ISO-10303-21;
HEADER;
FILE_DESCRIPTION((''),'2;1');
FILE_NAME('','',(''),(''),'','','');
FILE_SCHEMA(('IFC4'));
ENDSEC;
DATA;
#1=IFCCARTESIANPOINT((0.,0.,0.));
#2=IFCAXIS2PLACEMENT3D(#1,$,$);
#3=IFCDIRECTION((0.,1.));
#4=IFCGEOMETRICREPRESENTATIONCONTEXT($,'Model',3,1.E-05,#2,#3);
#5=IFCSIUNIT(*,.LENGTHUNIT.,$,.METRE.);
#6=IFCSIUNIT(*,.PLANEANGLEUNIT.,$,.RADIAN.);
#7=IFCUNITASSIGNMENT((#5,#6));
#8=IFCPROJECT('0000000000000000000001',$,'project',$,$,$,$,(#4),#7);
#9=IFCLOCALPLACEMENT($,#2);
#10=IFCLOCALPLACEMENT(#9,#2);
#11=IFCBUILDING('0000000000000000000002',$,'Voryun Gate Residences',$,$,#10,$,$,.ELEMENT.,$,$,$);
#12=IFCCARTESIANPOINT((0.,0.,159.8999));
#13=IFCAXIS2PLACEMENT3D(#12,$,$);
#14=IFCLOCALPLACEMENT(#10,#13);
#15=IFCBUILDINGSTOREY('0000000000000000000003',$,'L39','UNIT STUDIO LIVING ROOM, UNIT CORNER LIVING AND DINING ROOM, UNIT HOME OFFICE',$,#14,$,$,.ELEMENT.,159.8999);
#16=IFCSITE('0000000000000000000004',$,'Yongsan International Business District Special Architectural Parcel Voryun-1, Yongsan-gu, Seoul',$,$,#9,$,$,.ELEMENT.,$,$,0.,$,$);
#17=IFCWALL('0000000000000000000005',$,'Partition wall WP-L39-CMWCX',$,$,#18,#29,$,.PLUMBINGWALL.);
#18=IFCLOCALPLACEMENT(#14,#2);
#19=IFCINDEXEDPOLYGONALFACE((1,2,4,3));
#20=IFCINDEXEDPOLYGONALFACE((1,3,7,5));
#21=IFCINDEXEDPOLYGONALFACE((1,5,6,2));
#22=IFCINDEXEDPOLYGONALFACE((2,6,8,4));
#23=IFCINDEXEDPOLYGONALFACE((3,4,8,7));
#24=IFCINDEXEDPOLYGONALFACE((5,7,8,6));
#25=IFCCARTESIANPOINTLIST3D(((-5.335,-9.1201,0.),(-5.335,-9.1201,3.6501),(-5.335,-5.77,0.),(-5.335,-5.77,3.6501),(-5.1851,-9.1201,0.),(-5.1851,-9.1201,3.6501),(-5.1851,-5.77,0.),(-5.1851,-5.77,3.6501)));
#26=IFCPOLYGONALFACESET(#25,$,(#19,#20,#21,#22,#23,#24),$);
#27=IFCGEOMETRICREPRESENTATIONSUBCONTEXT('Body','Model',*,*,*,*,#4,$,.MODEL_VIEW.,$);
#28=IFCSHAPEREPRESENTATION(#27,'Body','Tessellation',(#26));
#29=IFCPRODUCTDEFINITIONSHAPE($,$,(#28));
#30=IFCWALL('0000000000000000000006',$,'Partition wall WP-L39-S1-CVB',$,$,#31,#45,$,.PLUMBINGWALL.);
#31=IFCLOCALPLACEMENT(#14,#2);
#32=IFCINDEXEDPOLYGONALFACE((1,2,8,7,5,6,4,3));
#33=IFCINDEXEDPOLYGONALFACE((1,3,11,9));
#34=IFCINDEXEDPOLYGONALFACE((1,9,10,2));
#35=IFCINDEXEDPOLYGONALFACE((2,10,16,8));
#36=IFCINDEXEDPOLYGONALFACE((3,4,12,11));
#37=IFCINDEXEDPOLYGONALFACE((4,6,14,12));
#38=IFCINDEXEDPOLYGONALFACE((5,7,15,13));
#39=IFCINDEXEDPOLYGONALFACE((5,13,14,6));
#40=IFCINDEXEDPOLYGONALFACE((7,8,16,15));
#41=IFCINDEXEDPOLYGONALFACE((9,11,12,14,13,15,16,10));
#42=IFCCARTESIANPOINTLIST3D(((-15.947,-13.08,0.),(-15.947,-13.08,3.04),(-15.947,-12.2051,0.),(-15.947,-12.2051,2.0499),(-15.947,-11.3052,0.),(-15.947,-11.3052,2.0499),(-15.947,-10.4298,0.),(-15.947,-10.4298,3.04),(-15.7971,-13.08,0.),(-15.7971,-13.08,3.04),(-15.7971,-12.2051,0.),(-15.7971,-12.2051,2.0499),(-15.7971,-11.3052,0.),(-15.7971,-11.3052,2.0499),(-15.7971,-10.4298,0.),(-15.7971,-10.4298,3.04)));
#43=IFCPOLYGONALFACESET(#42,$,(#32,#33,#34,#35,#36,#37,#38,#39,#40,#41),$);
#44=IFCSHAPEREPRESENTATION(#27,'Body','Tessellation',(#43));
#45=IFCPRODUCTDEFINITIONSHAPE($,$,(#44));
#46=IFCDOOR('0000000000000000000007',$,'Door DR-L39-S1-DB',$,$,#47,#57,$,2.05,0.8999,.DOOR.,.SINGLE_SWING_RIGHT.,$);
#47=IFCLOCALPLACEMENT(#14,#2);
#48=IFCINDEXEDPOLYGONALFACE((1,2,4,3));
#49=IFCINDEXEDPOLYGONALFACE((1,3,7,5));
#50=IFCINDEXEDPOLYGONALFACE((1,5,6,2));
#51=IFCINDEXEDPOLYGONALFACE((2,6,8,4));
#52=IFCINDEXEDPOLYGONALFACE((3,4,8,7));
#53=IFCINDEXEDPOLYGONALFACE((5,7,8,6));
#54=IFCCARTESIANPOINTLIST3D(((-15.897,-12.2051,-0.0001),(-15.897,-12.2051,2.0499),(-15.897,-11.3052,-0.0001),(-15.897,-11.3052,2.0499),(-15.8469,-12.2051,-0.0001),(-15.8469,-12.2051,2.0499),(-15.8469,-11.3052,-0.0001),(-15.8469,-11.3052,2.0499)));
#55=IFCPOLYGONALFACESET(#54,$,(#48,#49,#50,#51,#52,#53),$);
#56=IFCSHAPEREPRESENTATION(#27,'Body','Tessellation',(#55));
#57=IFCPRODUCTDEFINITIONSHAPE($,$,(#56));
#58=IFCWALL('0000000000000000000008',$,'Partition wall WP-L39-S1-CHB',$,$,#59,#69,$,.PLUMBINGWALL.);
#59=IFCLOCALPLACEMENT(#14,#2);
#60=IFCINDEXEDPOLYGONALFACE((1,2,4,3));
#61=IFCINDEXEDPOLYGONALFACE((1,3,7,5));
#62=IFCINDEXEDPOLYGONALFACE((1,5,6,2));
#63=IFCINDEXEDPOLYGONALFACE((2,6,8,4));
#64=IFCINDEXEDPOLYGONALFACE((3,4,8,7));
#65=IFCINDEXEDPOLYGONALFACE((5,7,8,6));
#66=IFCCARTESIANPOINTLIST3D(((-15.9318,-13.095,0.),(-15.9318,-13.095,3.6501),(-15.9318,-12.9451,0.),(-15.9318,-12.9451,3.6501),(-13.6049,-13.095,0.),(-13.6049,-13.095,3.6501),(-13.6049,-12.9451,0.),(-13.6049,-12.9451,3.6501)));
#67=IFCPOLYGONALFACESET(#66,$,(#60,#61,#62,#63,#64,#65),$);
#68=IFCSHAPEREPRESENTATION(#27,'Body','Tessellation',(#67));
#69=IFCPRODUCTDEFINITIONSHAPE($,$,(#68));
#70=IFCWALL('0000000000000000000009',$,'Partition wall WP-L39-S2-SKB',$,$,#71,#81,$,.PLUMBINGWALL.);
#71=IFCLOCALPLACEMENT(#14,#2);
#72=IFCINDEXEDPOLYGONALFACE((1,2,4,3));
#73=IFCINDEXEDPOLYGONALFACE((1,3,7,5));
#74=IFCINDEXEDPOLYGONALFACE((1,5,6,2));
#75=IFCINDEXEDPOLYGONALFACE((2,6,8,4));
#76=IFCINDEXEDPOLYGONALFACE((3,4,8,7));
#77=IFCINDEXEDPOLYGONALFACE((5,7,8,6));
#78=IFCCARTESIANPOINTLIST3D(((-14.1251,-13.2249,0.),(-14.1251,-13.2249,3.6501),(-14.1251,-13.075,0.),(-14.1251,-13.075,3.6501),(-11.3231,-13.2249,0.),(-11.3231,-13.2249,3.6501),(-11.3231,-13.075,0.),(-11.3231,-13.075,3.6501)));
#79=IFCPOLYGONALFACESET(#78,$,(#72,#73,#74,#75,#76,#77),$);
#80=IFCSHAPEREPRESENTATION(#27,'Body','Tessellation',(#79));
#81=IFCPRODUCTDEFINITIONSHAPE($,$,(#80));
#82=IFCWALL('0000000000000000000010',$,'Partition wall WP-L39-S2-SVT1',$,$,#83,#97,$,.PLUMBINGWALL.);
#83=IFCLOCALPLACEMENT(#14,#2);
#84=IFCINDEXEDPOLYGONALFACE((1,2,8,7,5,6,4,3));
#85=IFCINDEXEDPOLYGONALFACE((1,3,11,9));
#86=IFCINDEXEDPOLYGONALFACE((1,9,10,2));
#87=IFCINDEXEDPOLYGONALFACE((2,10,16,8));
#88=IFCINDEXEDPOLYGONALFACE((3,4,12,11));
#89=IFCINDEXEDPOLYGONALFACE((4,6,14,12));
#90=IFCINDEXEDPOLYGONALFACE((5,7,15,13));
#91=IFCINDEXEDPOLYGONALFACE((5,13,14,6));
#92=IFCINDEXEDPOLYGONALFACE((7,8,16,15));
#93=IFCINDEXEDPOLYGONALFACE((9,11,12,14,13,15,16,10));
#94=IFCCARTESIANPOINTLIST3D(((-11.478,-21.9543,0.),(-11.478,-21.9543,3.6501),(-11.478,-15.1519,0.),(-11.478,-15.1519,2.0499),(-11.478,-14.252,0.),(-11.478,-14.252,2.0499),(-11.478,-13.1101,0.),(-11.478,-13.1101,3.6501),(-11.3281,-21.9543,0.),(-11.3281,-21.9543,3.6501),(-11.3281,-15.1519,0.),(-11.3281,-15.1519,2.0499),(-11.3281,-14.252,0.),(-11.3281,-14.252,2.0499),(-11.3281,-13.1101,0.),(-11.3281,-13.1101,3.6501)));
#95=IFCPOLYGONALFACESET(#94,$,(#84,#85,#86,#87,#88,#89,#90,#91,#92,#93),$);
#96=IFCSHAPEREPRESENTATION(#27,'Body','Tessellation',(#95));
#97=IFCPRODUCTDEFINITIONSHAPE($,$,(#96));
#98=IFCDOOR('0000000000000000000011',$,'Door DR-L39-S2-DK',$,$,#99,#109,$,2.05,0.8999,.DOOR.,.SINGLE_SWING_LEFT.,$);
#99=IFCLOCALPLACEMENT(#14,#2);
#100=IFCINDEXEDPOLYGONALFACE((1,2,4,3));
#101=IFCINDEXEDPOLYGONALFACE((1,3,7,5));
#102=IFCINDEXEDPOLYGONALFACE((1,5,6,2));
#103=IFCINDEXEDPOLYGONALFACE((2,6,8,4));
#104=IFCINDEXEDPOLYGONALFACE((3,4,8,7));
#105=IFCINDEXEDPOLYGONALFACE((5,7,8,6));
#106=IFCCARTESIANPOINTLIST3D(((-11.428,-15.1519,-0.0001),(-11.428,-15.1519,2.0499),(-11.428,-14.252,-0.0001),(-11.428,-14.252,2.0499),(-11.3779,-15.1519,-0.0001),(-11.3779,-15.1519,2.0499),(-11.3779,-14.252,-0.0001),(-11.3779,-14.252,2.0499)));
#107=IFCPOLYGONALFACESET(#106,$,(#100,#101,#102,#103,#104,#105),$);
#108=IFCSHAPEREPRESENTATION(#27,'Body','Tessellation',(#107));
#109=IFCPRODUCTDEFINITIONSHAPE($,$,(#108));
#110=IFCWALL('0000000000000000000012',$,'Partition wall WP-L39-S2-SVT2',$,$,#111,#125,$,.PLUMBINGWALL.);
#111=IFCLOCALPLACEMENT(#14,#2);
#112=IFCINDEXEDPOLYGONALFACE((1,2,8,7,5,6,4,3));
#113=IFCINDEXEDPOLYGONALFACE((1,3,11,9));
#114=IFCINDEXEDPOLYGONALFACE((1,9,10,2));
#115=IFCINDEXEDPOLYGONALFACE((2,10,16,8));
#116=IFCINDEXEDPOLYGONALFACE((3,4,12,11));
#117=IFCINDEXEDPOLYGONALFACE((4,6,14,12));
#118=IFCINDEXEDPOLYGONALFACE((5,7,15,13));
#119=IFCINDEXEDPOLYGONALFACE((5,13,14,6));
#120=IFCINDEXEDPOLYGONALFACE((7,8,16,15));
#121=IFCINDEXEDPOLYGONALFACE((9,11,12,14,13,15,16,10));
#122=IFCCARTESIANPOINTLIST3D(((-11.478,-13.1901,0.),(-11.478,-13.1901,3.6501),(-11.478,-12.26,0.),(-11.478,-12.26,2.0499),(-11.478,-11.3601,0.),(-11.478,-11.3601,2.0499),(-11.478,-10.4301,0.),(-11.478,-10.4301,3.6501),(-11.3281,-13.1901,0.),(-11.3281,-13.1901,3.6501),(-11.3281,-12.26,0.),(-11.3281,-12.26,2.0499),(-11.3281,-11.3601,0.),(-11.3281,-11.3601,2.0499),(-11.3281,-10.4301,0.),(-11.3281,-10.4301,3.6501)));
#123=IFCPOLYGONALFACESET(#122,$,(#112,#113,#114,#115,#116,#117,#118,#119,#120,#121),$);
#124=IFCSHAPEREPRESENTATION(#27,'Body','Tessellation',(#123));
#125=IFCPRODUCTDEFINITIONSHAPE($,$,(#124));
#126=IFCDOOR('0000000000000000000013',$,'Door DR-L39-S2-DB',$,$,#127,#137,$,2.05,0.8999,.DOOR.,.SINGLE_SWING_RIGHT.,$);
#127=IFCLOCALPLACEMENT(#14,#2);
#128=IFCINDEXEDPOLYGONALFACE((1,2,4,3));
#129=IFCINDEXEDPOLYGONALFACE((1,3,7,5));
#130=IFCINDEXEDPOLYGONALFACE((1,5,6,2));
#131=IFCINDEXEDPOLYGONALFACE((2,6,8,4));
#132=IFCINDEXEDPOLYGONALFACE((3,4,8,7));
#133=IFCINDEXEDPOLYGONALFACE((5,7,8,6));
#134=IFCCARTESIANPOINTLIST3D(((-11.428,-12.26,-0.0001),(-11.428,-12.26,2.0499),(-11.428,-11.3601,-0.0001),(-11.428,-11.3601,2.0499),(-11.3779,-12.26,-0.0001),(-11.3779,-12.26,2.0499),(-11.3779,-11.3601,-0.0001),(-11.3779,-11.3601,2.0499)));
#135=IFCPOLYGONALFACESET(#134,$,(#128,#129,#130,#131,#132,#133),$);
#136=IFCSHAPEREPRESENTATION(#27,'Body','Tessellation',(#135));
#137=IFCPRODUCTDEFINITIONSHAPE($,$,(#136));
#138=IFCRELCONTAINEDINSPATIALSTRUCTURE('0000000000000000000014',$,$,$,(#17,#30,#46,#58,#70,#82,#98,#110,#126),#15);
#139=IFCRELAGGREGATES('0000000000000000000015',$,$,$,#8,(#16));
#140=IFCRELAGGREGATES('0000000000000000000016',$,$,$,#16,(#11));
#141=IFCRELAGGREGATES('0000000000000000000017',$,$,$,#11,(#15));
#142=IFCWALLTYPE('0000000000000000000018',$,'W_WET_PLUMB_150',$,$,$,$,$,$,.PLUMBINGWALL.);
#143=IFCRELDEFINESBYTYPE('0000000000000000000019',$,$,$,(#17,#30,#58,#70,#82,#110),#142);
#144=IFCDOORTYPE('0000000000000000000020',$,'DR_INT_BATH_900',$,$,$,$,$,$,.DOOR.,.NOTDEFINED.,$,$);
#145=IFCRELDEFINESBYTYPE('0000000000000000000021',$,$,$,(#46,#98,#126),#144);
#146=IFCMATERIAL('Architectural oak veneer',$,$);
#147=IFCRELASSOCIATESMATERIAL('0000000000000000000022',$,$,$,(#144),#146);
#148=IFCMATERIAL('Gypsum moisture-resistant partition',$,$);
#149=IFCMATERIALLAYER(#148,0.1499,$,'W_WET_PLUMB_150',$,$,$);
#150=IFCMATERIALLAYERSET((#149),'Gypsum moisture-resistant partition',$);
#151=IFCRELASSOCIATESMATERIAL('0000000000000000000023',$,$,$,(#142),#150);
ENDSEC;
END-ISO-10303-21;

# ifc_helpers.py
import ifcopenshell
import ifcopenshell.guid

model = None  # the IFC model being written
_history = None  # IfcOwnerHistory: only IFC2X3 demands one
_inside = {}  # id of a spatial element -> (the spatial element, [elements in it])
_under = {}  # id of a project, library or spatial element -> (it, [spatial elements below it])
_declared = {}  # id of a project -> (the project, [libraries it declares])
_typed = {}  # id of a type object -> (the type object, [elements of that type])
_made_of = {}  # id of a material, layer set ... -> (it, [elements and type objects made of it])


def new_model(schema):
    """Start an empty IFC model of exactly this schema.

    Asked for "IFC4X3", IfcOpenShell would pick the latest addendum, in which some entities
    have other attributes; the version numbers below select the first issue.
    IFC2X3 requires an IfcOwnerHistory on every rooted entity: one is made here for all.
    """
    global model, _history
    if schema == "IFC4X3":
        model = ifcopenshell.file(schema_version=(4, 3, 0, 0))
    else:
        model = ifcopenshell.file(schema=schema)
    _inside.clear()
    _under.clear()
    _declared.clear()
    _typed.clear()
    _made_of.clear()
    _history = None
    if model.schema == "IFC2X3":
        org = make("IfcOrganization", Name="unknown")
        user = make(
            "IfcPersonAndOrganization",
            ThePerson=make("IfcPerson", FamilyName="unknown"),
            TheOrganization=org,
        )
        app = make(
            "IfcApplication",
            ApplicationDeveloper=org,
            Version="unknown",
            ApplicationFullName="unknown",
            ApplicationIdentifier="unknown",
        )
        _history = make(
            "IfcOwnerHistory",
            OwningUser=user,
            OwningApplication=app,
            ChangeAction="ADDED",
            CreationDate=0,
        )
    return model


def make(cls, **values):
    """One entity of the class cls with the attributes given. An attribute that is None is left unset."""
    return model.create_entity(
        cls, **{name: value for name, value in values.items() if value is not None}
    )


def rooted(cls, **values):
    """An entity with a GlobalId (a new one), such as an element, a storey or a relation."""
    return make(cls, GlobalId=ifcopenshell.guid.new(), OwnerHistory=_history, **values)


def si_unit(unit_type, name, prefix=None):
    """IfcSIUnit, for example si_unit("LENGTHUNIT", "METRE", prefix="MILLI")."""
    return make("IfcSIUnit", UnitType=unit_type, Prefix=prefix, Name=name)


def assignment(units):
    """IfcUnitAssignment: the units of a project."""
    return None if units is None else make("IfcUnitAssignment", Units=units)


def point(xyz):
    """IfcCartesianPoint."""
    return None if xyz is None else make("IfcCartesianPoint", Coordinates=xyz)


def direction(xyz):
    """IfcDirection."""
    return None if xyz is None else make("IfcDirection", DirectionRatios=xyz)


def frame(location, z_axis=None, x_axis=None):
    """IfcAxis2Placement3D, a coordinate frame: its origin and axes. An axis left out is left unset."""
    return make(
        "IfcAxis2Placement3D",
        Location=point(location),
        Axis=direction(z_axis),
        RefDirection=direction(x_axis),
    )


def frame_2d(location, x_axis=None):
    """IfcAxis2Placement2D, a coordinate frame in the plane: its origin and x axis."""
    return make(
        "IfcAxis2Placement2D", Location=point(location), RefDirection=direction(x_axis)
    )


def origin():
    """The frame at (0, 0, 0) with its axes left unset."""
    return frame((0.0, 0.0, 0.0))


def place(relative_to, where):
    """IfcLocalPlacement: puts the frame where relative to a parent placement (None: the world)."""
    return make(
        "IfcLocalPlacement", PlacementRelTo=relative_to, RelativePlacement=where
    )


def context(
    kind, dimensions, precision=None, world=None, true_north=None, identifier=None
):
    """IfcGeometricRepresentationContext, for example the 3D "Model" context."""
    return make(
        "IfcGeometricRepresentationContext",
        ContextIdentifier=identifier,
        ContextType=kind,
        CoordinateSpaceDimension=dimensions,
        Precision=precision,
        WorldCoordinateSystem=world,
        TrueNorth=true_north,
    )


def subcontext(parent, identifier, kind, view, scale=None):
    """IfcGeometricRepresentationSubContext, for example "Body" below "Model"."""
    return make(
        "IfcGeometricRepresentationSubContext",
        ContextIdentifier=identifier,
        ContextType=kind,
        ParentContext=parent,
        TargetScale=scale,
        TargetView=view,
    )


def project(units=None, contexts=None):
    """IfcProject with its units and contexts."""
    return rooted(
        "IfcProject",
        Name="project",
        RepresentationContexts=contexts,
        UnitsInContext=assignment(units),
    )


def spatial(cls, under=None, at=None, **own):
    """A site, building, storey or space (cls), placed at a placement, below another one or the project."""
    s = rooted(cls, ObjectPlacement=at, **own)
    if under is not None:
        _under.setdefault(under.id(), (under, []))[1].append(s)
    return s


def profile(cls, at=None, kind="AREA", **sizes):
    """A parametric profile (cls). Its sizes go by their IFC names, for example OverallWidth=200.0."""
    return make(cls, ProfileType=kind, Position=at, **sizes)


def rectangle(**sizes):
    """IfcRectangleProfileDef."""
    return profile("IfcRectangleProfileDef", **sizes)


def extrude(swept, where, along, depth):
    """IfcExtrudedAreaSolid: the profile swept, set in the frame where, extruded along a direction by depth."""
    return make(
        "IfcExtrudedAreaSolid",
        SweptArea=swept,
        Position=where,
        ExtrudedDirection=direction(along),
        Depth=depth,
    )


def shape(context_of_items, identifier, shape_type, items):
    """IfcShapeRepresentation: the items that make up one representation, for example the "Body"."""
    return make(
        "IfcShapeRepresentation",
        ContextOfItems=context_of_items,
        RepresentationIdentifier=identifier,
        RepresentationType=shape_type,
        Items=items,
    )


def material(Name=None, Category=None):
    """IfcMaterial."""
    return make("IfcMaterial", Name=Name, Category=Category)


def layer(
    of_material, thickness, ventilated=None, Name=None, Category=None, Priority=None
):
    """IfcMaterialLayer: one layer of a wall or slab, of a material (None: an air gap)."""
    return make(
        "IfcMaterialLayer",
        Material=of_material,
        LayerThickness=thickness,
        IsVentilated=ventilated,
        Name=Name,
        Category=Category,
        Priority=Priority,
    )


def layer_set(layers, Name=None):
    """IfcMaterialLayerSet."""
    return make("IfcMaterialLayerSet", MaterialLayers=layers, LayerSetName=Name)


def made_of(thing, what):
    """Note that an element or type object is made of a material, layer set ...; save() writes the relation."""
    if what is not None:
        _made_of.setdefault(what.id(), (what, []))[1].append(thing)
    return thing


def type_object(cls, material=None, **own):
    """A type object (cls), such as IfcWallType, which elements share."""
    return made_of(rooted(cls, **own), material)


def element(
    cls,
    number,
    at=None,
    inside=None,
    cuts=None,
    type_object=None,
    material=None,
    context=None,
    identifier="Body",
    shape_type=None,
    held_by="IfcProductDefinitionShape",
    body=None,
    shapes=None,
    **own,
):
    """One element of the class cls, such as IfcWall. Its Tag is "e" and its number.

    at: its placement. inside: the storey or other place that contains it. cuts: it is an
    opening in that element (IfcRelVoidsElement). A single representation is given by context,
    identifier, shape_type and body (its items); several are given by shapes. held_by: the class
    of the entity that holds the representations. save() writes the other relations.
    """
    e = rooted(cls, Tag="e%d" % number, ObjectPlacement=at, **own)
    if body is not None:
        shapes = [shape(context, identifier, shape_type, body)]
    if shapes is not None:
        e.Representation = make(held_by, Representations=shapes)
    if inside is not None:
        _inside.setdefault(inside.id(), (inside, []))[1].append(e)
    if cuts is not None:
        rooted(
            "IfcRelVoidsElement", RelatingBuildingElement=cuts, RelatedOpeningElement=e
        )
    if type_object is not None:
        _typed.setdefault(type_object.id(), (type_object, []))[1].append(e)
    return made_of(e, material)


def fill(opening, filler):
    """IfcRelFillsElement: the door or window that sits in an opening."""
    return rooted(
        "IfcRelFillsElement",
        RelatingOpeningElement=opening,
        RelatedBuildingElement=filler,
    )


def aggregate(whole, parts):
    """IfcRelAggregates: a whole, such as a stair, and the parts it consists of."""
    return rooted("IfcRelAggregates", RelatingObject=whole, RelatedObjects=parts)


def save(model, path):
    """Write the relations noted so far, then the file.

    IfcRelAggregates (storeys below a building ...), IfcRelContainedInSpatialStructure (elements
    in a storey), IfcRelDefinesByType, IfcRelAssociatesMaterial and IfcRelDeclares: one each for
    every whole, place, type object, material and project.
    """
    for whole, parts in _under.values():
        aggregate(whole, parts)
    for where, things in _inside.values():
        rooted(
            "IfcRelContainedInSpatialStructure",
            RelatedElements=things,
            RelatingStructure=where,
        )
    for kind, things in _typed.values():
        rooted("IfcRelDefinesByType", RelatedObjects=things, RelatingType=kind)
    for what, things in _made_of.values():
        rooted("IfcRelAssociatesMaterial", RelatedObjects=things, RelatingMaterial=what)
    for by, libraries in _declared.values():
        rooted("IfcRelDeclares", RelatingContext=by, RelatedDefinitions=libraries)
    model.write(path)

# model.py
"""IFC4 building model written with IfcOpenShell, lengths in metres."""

from ifc_helpers import new_model, si_unit, direction, frame, frame_2d, origin, place, context, subcontext, project, spatial, rectangle, extrude, material, layer, layer_set, type_object, element, fill, save


model = new_model("IFC4")

# Units and contexts
model_context = context("Model", 3, precision=1e-05, world=origin(), true_north=direction((0.0, 1.0)))
body_context = subcontext(model_context, "Body", "Model", "MODEL_VIEW")
ifc_project = project(units=[si_unit("LENGTHUNIT", "METRE"), si_unit("PLANEANGLEUNIT", "RADIAN")], contexts=[model_context])

# Site, building, storey
site_placement = place(None, origin())
site = spatial("IfcSite", under=ifc_project, at=site_placement, Name="Yongsan International Business District Special Architectural Parcel Voryun-1, Yongsan-gu, Seoul", CompositionType="ELEMENT", RefElevation=0.0)
building_placement = place(site_placement, origin())
building = spatial("IfcBuilding", under=site, at=building_placement, Name="Voryun Gate Residences", CompositionType="ELEMENT")
storey_placement = place(building_placement, frame((0.0, 0.0, 159.8999)))
storey = spatial("IfcBuildingStorey", under=building, at=storey_placement, Name="L39", Description="UNIT STUDIO LIVING ROOM, UNIT CORNER LIVING AND DINING ROOM, UNIT HOME OFFICE", CompositionType="ELEMENT", Elevation=159.8999)

# Shared definitions
ifc_material_1 = material(Name="Architectural oak veneer")
door_type_1 = type_object("IfcDoorType", Name="DR_INT_BATH_900", OperationType="NOTDEFINED", PredefinedType="DOOR", material=ifc_material_1)

# Wall
ifc_material_2 = material(Name="Gypsum moisture-resistant partition")
ifc_layer_1 = layer(ifc_material_2, 0.1499, Name="W_WET_PLUMB_150")
ifc_layer_set_1 = layer_set([ifc_layer_1], Name="Gypsum moisture-resistant partition")
wall_type_1 = type_object("IfcWallType", Name="W_WET_PLUMB_150", PredefinedType="PLUMBINGWALL", material=ifc_layer_set_1)
wall_1_placement = place(storey_placement, frame((-5.26, -9.1201, 0.0), z_axis=(0.0, 0.0, 1.0), x_axis=(0.0, 1.0, 0.0)))
element("IfcWall", 1, at=wall_1_placement, inside=storey, type_object=wall_type_1, Name="Partition wall WP-L39-CMWCX", PredefinedType="PLUMBINGWALL", context=body_context, shape_type="SweptSolid", body=[
    extrude(rectangle(XDim=3.3501, YDim=0.1499, at=frame_2d((1.675, 0.0))), origin(), (0.0, 0.0, 1.0), 3.6501),
])

# Wall, opening, door
wall_2_placement = place(storey_placement, frame((-15.8721, -13.0801, 0.0), z_axis=(0.0, 0.0, 1.0), x_axis=(0.0, 1.0, 0.0)))
wall_2 = element("IfcWall", 2, at=wall_2_placement, inside=storey, type_object=wall_type_1, Name="Partition wall WP-L39-S1-CVB", PredefinedType="PLUMBINGWALL", context=body_context, shape_type="SweptSolid", body=[
    extrude(rectangle(XDim=2.6501, YDim=0.1499, at=frame_2d((1.3252, 0.0))), origin(), (0.0, 0.0, 1.0), 3.04),
])
opening_1_placement = place(wall_2_placement, frame((0.875, 0.0, 0.0)))
opening_1 = element("IfcOpeningElement", 3, at=opening_1_placement, cuts=wall_2, PredefinedType="OPENING", context=body_context, shape_type="SweptSolid", body=[
    extrude(rectangle(XDim=0.8999, YDim=2.05, at=frame_2d((0.45, 1.0249))), frame((0.0, 0.085, 0.0), z_axis=(0.0, -1.0, 0.0), x_axis=(1.0, 0.0, 0.0)), (0.0, 0.0, 1.0), 0.1699),
])
door_1_placement = place(opening_1_placement, origin())
door_1 = element("IfcDoor", 4, at=door_1_placement, inside=storey, type_object=door_type_1, Name="Door DR-L39-S1-DB", OperationType="SINGLE_SWING_RIGHT", OverallHeight=2.05, OverallWidth=0.8999, PredefinedType="DOOR", context=body_context, shape_type="SweptSolid", body=[
    extrude(rectangle(XDim=0.8999, YDim=2.05, at=frame_2d((0.45, 1.0249))), frame((0.0, 0.0249, 0.0), z_axis=(0.0, -1.0, 0.0), x_axis=(1.0, 0.0, 0.0)), (0.0, 0.0, 1.0), 0.05),
])
fill(opening_1, door_1)

# Walls
wall_3_placement = place(storey_placement, frame((-15.9319, -13.02, 0.0), z_axis=(0.0, 0.0, 1.0), x_axis=(1.0, 0.0, 0.0)))
element("IfcWall", 5, at=wall_3_placement, inside=storey, type_object=wall_type_1, Name="Partition wall WP-L39-S1-CHB", PredefinedType="PLUMBINGWALL", context=body_context, shape_type="SweptSolid", body=[
    extrude(rectangle(XDim=2.3269, YDim=0.1499, at=frame_2d((1.1636, 0.0))), origin(), (0.0, 0.0, 1.0), 3.6501),
])
wall_4_placement = place(storey_placement, frame((-14.125, -13.1499, 0.0), z_axis=(0.0, 0.0, 1.0), x_axis=(1.0, 0.0, 0.0)))
element("IfcWall", 6, at=wall_4_placement, inside=storey, type_object=wall_type_1, Name="Partition wall WP-L39-S2-SKB", PredefinedType="PLUMBINGWALL", context=body_context, shape_type="SweptSolid", body=[
    extrude(rectangle(XDim=2.802, YDim=0.1499, at=frame_2d((1.4009, 0.0))), origin(), (0.0, 0.0, 1.0), 3.6501),
])

# Walls, openings, doors
wall_5_placement = place(storey_placement, frame((-11.4031, -21.9543, 0.0), z_axis=(0.0, 0.0, 1.0), x_axis=(0.0, 1.0, 0.0)))
wall_5 = element("IfcWall", 7, at=wall_5_placement, inside=storey, type_object=wall_type_1, Name="Partition wall WP-L39-S2-SVT1", PredefinedType="PLUMBINGWALL", context=body_context, shape_type="SweptSolid", body=[
    extrude(rectangle(XDim=8.8442, YDim=0.1499, at=frame_2d((4.4221, 0.0))), origin(), (0.0, 0.0, 1.0), 3.6501),
])
opening_2_placement = place(wall_5_placement, frame((6.8025, 0.0, 0.0)))
opening_2 = element("IfcOpeningElement", 8, at=opening_2_placement, cuts=wall_5, PredefinedType="OPENING", context=body_context, shape_type="SweptSolid", body=[
    extrude(rectangle(XDim=0.8999, YDim=2.05, at=frame_2d((0.45, 1.0249))), frame((0.0, 0.085, 0.0), z_axis=(0.0, -1.0, 0.0), x_axis=(1.0, 0.0, 0.0)), (0.0, 0.0, 1.0), 0.1699),
])
door_2_placement = place(opening_2_placement, origin())
door_2 = element("IfcDoor", 9, at=door_2_placement, inside=storey, type_object=door_type_1, Name="Door DR-L39-S2-DK", OperationType="SINGLE_SWING_LEFT", OverallHeight=2.05, OverallWidth=0.8999, PredefinedType="DOOR", context=body_context, shape_type="SweptSolid", body=[
    extrude(rectangle(XDim=0.8999, YDim=2.05, at=frame_2d((0.45, 1.0249))), frame((0.0, 0.0249, 0.0), z_axis=(0.0, -1.0, 0.0), x_axis=(1.0, 0.0, 0.0)), (0.0, 0.0, 1.0), 0.05),
])
fill(opening_2, door_2)
wall_6_placement = place(storey_placement, frame((-11.4031, -13.1899, 0.0), z_axis=(0.0, 0.0, 1.0), x_axis=(0.0, 1.0, 0.0)))
wall_6 = element("IfcWall", 10, at=wall_6_placement, inside=storey, type_object=wall_type_1, Name="Partition wall WP-L39-S2-SVT2", PredefinedType="PLUMBINGWALL", context=body_context, shape_type="SweptSolid", body=[
    extrude(rectangle(XDim=2.76, YDim=0.1499, at=frame_2d((1.3799, 0.0))), origin(), (0.0, 0.0, 1.0), 3.6501),
])
opening_3_placement = place(wall_6_placement, frame((0.9299, 0.0, 0.0)))
opening_3 = element("IfcOpeningElement", 11, at=opening_3_placement, cuts=wall_6, PredefinedType="OPENING", context=body_context, shape_type="SweptSolid", body=[
    extrude(rectangle(XDim=0.8999, YDim=2.05, at=frame_2d((0.45, 1.0249))), frame((0.0, 0.085, 0.0), z_axis=(0.0, -1.0, 0.0), x_axis=(1.0, 0.0, 0.0)), (0.0, 0.0, 1.0), 0.1699),
])
door_3_placement = place(opening_3_placement, origin())
door_3 = element("IfcDoor", 12, at=door_3_placement, inside=storey, type_object=door_type_1, Name="Door DR-L39-S2-DB", OperationType="SINGLE_SWING_RIGHT", OverallHeight=2.05, OverallWidth=0.8999, PredefinedType="DOOR", context=body_context, shape_type="SweptSolid", body=[
    extrude(rectangle(XDim=0.8999, YDim=2.05, at=frame_2d((0.45, 1.0249))), frame((0.0, 0.0249, 0.0), z_axis=(0.0, -1.0, 0.0), x_axis=(1.0, 0.0, 0.0)), (0.0, 0.0, 1.0), 0.05),
])
fill(opening_3, door_3)

save(model, "model.ifc")
